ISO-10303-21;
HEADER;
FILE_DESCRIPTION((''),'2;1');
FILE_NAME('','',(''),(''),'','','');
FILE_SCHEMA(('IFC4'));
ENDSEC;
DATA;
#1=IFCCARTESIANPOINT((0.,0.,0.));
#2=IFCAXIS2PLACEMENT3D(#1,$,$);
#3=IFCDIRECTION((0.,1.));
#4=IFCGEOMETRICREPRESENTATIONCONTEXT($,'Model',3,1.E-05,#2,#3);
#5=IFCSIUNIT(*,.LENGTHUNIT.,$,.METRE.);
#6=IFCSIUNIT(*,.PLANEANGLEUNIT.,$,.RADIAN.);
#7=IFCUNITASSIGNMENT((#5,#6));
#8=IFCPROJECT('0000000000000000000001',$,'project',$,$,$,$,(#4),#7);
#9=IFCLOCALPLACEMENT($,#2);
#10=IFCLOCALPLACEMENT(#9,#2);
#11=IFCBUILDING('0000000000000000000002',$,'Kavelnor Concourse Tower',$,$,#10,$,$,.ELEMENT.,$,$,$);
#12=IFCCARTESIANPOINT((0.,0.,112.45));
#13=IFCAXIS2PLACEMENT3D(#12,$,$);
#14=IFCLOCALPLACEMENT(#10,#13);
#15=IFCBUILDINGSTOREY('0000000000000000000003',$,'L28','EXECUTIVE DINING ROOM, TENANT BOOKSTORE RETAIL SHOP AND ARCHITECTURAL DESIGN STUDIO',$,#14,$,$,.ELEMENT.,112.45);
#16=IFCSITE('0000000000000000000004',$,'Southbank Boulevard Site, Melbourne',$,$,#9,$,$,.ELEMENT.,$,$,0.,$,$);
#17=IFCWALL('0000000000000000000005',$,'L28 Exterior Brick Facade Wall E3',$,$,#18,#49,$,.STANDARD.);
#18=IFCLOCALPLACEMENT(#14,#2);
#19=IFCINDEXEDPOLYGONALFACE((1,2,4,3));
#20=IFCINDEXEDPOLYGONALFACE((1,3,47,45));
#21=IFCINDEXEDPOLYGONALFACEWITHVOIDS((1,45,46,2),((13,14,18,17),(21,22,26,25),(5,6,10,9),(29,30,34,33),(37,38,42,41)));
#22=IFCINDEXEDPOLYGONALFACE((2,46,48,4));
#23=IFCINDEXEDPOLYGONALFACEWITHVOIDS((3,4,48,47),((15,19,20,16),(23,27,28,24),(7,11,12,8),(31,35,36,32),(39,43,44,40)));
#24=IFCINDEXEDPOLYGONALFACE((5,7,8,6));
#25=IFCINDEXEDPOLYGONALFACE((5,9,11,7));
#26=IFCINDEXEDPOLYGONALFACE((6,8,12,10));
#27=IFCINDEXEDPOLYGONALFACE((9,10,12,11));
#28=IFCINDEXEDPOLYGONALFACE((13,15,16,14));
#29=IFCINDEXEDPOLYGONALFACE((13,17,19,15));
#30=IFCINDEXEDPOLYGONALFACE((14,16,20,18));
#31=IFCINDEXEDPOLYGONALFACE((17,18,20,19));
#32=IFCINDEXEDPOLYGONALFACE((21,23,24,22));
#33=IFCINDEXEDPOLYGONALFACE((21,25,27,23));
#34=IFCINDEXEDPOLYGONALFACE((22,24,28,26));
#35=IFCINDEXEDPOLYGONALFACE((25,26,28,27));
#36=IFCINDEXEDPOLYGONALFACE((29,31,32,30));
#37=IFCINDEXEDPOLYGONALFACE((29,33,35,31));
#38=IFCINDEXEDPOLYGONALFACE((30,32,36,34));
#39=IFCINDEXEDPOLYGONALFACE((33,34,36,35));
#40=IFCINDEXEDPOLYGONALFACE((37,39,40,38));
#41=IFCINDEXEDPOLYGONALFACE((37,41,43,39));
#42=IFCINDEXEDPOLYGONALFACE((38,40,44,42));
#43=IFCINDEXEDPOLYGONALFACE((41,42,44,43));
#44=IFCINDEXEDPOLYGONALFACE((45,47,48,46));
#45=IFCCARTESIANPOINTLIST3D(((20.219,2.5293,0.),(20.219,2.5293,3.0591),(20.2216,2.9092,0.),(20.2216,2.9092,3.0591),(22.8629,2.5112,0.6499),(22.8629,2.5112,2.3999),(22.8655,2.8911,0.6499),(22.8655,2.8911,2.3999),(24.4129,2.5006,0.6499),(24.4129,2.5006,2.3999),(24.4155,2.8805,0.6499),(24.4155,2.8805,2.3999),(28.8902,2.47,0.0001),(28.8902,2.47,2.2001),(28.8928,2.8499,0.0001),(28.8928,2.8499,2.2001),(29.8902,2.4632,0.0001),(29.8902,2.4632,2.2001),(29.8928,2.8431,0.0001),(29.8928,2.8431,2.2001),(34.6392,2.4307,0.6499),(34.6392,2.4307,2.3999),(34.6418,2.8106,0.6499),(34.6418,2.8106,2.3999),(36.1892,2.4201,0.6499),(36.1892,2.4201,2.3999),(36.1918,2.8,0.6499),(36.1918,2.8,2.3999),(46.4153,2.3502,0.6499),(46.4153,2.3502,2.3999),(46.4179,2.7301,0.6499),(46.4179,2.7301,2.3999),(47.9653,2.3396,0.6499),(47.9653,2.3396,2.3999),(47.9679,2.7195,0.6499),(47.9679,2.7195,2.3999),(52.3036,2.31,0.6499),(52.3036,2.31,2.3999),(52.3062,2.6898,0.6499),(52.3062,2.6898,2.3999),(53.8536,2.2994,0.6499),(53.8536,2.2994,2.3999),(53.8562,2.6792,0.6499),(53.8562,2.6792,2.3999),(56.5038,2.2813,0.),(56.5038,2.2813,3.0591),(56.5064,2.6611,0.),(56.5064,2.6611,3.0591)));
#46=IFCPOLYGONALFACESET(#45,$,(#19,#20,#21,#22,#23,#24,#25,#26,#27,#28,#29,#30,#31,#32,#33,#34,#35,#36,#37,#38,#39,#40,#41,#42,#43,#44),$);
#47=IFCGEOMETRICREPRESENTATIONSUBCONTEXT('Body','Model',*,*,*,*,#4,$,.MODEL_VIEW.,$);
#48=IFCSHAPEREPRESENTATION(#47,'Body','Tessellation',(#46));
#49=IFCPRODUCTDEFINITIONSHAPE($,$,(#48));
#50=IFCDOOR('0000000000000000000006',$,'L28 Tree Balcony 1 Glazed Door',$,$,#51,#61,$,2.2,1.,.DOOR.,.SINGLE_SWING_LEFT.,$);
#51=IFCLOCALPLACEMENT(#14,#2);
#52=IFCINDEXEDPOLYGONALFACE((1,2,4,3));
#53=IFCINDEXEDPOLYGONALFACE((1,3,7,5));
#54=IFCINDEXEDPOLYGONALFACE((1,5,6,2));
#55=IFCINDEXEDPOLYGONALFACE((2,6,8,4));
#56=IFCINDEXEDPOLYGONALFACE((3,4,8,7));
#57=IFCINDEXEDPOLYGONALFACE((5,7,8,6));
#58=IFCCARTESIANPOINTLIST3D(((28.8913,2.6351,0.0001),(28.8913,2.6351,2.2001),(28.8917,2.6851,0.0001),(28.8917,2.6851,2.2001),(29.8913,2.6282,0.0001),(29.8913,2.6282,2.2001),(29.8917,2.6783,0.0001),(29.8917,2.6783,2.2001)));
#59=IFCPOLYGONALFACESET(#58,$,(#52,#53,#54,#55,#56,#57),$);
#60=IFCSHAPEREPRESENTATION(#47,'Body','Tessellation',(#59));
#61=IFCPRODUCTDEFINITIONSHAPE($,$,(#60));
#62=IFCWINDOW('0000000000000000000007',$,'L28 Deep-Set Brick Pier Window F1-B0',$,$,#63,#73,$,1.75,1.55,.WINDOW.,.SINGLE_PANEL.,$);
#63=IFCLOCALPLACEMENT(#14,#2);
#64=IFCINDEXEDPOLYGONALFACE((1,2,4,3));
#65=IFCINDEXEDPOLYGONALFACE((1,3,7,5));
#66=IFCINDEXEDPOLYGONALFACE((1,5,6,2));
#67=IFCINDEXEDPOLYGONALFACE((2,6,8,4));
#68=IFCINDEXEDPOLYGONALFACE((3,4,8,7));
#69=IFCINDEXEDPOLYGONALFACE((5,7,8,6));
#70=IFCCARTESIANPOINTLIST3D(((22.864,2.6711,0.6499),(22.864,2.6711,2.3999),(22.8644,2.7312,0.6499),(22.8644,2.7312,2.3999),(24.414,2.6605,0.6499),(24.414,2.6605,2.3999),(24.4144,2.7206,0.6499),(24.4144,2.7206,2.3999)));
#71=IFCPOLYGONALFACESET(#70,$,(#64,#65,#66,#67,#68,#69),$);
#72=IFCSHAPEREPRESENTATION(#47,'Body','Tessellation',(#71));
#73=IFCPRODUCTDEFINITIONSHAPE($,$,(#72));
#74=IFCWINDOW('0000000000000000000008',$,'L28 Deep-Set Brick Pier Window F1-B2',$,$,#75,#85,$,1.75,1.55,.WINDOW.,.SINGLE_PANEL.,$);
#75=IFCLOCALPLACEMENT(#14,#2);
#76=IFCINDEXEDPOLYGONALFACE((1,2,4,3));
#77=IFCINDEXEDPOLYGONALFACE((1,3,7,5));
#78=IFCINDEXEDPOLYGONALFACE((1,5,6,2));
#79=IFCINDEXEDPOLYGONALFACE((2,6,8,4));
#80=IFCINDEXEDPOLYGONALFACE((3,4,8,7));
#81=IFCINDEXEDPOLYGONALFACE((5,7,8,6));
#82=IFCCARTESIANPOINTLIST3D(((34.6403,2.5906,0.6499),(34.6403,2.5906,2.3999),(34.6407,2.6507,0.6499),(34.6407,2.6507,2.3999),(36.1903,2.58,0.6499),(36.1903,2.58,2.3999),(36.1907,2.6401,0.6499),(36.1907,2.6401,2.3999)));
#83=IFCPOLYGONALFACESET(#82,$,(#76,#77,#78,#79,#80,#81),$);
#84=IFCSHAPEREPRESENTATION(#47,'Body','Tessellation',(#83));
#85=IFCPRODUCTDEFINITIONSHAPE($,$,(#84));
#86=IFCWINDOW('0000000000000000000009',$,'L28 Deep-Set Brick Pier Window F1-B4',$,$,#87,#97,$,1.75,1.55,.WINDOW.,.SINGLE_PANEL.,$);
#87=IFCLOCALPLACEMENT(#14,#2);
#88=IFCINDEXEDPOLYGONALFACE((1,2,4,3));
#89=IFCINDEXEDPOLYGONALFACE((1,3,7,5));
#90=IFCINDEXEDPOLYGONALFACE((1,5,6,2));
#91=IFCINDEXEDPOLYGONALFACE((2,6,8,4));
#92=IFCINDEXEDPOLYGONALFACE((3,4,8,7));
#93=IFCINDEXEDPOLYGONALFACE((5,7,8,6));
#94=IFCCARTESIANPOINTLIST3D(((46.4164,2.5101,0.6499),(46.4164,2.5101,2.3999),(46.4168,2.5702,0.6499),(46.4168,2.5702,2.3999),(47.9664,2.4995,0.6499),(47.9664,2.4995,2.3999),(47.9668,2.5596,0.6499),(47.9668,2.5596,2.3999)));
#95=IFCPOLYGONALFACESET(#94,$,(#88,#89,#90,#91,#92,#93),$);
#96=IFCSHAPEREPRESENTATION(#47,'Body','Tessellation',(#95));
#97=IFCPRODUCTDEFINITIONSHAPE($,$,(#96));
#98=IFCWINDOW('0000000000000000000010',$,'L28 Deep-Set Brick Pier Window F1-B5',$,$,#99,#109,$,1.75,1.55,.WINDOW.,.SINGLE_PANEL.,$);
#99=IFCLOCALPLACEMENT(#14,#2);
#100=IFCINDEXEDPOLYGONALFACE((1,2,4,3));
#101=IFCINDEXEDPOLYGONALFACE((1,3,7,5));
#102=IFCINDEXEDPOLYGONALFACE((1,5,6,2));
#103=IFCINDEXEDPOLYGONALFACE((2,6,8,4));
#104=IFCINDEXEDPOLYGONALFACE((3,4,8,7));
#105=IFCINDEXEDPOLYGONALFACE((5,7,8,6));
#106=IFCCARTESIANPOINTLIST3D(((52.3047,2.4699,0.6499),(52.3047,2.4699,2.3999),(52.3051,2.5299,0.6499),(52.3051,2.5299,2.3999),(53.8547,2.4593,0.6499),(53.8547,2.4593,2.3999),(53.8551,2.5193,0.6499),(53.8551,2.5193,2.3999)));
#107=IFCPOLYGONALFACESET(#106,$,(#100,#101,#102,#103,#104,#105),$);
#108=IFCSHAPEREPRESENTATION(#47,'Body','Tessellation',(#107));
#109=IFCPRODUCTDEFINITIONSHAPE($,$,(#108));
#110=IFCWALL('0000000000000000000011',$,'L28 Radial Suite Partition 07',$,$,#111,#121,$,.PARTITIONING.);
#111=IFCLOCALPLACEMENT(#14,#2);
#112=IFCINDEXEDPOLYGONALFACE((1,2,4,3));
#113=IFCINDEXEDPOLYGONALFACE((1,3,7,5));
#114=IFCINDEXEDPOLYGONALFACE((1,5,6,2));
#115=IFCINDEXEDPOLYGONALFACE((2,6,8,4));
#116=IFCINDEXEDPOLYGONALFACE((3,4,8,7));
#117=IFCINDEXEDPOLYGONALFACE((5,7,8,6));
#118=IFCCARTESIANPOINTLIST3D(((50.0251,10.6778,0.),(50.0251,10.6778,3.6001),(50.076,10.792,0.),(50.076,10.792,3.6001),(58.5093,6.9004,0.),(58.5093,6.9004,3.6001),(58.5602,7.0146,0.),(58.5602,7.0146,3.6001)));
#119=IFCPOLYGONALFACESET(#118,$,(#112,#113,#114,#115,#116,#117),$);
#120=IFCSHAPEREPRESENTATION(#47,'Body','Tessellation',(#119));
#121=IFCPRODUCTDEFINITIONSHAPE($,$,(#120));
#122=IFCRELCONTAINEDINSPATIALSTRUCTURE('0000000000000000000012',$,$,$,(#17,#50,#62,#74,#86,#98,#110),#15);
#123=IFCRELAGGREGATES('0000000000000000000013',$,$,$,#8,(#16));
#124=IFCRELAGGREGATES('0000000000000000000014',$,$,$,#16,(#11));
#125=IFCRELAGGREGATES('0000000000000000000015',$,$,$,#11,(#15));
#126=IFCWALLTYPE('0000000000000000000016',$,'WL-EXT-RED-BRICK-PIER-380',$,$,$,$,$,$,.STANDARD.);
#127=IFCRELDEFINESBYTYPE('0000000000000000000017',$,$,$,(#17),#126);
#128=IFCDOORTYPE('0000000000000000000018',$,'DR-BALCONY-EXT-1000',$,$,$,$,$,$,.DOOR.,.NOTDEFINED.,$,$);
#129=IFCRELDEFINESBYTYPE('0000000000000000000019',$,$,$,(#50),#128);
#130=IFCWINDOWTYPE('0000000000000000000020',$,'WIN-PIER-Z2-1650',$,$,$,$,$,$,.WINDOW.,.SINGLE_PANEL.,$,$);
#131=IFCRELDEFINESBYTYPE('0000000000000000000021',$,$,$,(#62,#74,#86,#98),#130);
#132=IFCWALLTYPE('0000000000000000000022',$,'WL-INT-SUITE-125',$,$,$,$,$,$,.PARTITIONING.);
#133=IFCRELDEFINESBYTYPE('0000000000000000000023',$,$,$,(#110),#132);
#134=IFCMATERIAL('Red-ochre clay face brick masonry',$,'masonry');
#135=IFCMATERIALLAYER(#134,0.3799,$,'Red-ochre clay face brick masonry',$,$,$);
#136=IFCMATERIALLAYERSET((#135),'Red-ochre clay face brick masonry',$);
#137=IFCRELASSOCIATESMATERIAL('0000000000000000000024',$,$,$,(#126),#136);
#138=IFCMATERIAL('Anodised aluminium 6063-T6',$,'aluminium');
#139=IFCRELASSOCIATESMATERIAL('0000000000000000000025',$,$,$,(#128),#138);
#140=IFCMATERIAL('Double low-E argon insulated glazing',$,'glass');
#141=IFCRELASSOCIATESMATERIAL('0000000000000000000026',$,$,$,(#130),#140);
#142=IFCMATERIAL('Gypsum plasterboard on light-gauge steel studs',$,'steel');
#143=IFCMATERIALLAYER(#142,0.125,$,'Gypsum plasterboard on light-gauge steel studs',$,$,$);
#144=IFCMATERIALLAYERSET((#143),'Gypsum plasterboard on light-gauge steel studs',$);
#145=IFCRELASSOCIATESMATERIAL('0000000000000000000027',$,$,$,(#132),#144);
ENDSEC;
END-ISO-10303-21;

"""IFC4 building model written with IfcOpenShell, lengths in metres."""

from ifc_helpers import new_model, si_unit, direction, frame, frame_2d, origin, place, context, subcontext, project, spatial, rectangle, extrude, material, layer, layer_set, type_object, element, fill, save


model = new_model("IFC4")

# Units and contexts
model_context = context("Model", 3, precision=1e-05, world=origin(), true_north=direction((0.0, 1.0)))
body_context = subcontext(model_context, "Body", "Model", "MODEL_VIEW")
ifc_project = project(units=[si_unit("LENGTHUNIT", "METRE"), si_unit("PLANEANGLEUNIT", "RADIAN")], contexts=[model_context])

# Site, building, storey
site_placement = place(None, origin())
site = spatial("IfcSite", under=ifc_project, at=site_placement, Name="Southbank Boulevard Site, Melbourne", CompositionType="ELEMENT", RefElevation=0.0)
building_placement = place(site_placement, origin())
building = spatial("IfcBuilding", under=site, at=building_placement, Name="Kavelnor Concourse Tower", CompositionType="ELEMENT")
storey_placement = place(building_placement, frame((0.0, 0.0, 112.45)))
storey = spatial("IfcBuildingStorey", under=building, at=storey_placement, Name="L28", Description="EXECUTIVE DINING ROOM, TENANT BOOKSTORE RETAIL SHOP AND ARCHITECTURAL DESIGN STUDIO", CompositionType="ELEMENT", Elevation=112.45)

# Shared definitions
ifc_material_1 = material(Name="Double low-E argon insulated glazing", Category="glass")

# Wall, openings, door, windows
ifc_material_2 = material(Name="Red-ochre clay face brick masonry", Category="masonry")
ifc_layer_1 = layer(ifc_material_2, 0.3799, Name="Red-ochre clay face brick masonry")
ifc_layer_set_1 = layer_set([ifc_layer_1], Name="Red-ochre clay face brick masonry")
wall_type_1 = type_object("IfcWallType", Name="WL-EXT-RED-BRICK-PIER-380", PredefinedType="STANDARD", material=ifc_layer_set_1)
wall_1_placement = place(storey_placement, frame((56.5051, 2.4712, 0.0), z_axis=(0.0, 0.0, 1.0), x_axis=(-0.999977, 0.006836, 0.0)))
wall_1 = element("IfcWall", 1, at=wall_1_placement, inside=storey, type_object=wall_type_1, Name="L28 Exterior Brick Facade Wall E3", PredefinedType="STANDARD", context=body_context, shape_type="SweptSolid", body=[
    extrude(rectangle(XDim=36.2856, YDim=0.3799, at=frame_2d((18.1428, 0.0))), origin(), (0.0, 0.0, 1.0), 3.0591),
])
opening_1_placement = place(wall_1_placement, frame((26.6143, 0.0, 0.0)))
opening_1 = element("IfcOpeningElement", 2, at=opening_1_placement, cuts=wall_1, PredefinedType="OPENING", context=body_context, shape_type="SweptSolid", body=[
    extrude(rectangle(XDim=1.0, YDim=2.2, at=frame_2d((0.5, 1.1001))), frame((0.0, 0.2, 0.0), z_axis=(0.0, -1.0, 0.0), x_axis=(1.0, 0.0, 0.0)), (0.0, 0.0, 1.0), 0.3999),
])
opening_2_placement = place(wall_1_placement, frame((32.0918, 0.0, 0.6499)))
opening_2 = element("IfcOpeningElement", 3, at=opening_2_placement, cuts=wall_1, PredefinedType="OPENING", context=body_context, shape_type="SweptSolid", body=[
    extrude(rectangle(XDim=1.55, YDim=1.75, at=frame_2d((0.7749, 0.875))), frame((0.0, 0.2, 0.0), z_axis=(0.0, -1.0, 0.0), x_axis=(1.0, 0.0, 0.0)), (0.0, 0.0, 1.0), 0.3999),
])
opening_3_placement = place(wall_1_placement, frame((20.3152, 0.0, 0.6499)))
opening_3 = element("IfcOpeningElement", 4, at=opening_3_placement, cuts=wall_1, PredefinedType="OPENING", context=body_context, shape_type="SweptSolid", body=[
    extrude(rectangle(XDim=1.55, YDim=1.75, at=frame_2d((0.7749, 0.875))), frame((0.0, 0.2, 0.0), z_axis=(0.0, -1.0, 0.0), x_axis=(1.0, 0.0, 0.0)), (0.0, 0.0, 1.0), 0.3999),
])
opening_4_placement = place(wall_1_placement, frame((8.5388, 0.0, 0.6499)))
opening_4 = element("IfcOpeningElement", 5, at=opening_4_placement, cuts=wall_1, PredefinedType="OPENING", context=body_context, shape_type="SweptSolid", body=[
    extrude(rectangle(XDim=1.55, YDim=1.75, at=frame_2d((0.7749, 0.875))), frame((0.0, 0.2, 0.0), z_axis=(0.0, -1.0, 0.0), x_axis=(1.0, 0.0, 0.0)), (0.0, 0.0, 1.0), 0.3999),
])
opening_5_placement = place(wall_1_placement, frame((2.6504, 0.0, 0.6499)))
opening_5 = element("IfcOpeningElement", 6, at=opening_5_placement, cuts=wall_1, PredefinedType="OPENING", context=body_context, shape_type="SweptSolid", body=[
    extrude(rectangle(XDim=1.55, YDim=1.75, at=frame_2d((0.7749, 0.875))), frame((0.0, 0.2, 0.0), z_axis=(0.0, -1.0, 0.0), x_axis=(1.0, 0.0, 0.0)), (0.0, 0.0, 1.0), 0.3999),
])
ifc_material_3 = material(Name="Anodised aluminium 6063-T6", Category="aluminium")
door_type = type_object("IfcDoorType", Name="DR-BALCONY-EXT-1000", OperationType="NOTDEFINED", PredefinedType="DOOR", material=ifc_material_3)
door_placement = place(opening_1_placement, origin())
door = element("IfcDoor", 7, at=door_placement, inside=storey, type_object=door_type, Name="L28 Tree Balcony 1 Glazed Door", OperationType="SINGLE_SWING_LEFT", OverallHeight=2.2, OverallWidth=1.0, PredefinedType="DOOR", context=body_context, shape_type="SweptSolid", body=[
    extrude(rectangle(XDim=1.0, YDim=2.2, at=frame_2d((0.5, 1.1001))), frame((0.0, 0.0249, 0.0), z_axis=(0.0, -1.0, 0.0), x_axis=(1.0, 0.0, 0.0)), (0.0, 0.0, 1.0), 0.05),
])
fill(opening_1, door)
window_type_1 = type_object("IfcWindowType", Name="WIN-PIER-Z2-1650", PartitioningType="SINGLE_PANEL", PredefinedType="WINDOW", material=ifc_material_1)
window_1_placement = place(opening_2_placement, origin())
window_1 = element("IfcWindow", 8, at=window_1_placement, inside=storey, type_object=window_type_1, Name="L28 Deep-Set Brick Pier Window F1-B0", OverallHeight=1.75, OverallWidth=1.55, PartitioningType="SINGLE_PANEL", PredefinedType="WINDOW", context=body_context, shape_type="SweptSolid", body=[
    extrude(rectangle(XDim=1.55, YDim=1.75, at=frame_2d((0.7749, 0.875))), frame((0.0, 0.03, 0.0), z_axis=(0.0, -1.0, 0.0), x_axis=(1.0, 0.0, 0.0)), (0.0, 0.0, 1.0), 0.0601),
])
fill(opening_2, window_1)
window_2_placement = place(opening_3_placement, origin())
window_2 = element("IfcWindow", 9, at=window_2_placement, inside=storey, type_object=window_type_1, Name="L28 Deep-Set Brick Pier Window F1-B2", OverallHeight=1.75, OverallWidth=1.55, PartitioningType="SINGLE_PANEL", PredefinedType="WINDOW", context=body_context, shape_type="SweptSolid", body=[
    extrude(rectangle(XDim=1.55, YDim=1.75, at=frame_2d((0.7749, 0.875))), frame((0.0, 0.03, 0.0), z_axis=(0.0, -1.0, 0.0), x_axis=(1.0, 0.0, 0.0)), (0.0, 0.0, 1.0), 0.0601),
])
fill(opening_3, window_2)
window_3_placement = place(opening_4_placement, origin())
window_3 = element("IfcWindow", 10, at=window_3_placement, inside=storey, type_object=window_type_1, Name="L28 Deep-Set Brick Pier Window F1-B4", OverallHeight=1.75, OverallWidth=1.55, PartitioningType="SINGLE_PANEL", PredefinedType="WINDOW", context=body_context, shape_type="SweptSolid", body=[
    extrude(rectangle(XDim=1.55, YDim=1.75, at=frame_2d((0.7749, 0.875))), frame((0.0, 0.03, 0.0), z_axis=(0.0, -1.0, 0.0), x_axis=(1.0, 0.0, 0.0)), (0.0, 0.0, 1.0), 0.0601),
])
fill(opening_4, window_3)
window_4_placement = place(opening_5_placement, origin())
window_4 = element("IfcWindow", 11, at=window_4_placement, inside=storey, type_object=window_type_1, Name="L28 Deep-Set Brick Pier Window F1-B5", OverallHeight=1.75, OverallWidth=1.55, PartitioningType="SINGLE_PANEL", PredefinedType="WINDOW", context=body_context, shape_type="SweptSolid", body=[
    extrude(rectangle(XDim=1.55, YDim=1.75, at=frame_2d((0.7749, 0.875))), frame((0.0, 0.03, 0.0), z_axis=(0.0, -1.0, 0.0), x_axis=(1.0, 0.0, 0.0)), (0.0, 0.0, 1.0), 0.0601),
])
fill(opening_5, window_4)

# Wall
ifc_material_4 = material(Name="Gypsum plasterboard on light-gauge steel studs", Category="steel")
ifc_layer_2 = layer(ifc_material_4, 0.125, Name="Gypsum plasterboard on light-gauge steel studs")
ifc_layer_set_2 = layer_set([ifc_layer_2], Name="Gypsum plasterboard on light-gauge steel studs")
wall_type_2 = type_object("IfcWallType", Name="WL-INT-SUITE-125", PredefinedType="PARTITIONING", material=ifc_layer_set_2)
wall_2_placement = place(storey_placement, frame((50.0505, 10.7349, 0.0), z_axis=(0.0, 0.0, 1.0), x_axis=(0.913547, -0.406734, 0.0)))
element("IfcWall", 12, at=wall_2_placement, inside=storey, type_object=wall_type_2, Name="L28 Radial Suite Partition 07", PredefinedType="PARTITIONING", context=body_context, shape_type="SweptSolid", body=[
    extrude(rectangle(XDim=9.2871, YDim=0.125, at=frame_2d((4.6436, 0.0))), origin(), (0.0, 0.0, 1.0), 3.6001),
])

save(model, "model.ifc")
